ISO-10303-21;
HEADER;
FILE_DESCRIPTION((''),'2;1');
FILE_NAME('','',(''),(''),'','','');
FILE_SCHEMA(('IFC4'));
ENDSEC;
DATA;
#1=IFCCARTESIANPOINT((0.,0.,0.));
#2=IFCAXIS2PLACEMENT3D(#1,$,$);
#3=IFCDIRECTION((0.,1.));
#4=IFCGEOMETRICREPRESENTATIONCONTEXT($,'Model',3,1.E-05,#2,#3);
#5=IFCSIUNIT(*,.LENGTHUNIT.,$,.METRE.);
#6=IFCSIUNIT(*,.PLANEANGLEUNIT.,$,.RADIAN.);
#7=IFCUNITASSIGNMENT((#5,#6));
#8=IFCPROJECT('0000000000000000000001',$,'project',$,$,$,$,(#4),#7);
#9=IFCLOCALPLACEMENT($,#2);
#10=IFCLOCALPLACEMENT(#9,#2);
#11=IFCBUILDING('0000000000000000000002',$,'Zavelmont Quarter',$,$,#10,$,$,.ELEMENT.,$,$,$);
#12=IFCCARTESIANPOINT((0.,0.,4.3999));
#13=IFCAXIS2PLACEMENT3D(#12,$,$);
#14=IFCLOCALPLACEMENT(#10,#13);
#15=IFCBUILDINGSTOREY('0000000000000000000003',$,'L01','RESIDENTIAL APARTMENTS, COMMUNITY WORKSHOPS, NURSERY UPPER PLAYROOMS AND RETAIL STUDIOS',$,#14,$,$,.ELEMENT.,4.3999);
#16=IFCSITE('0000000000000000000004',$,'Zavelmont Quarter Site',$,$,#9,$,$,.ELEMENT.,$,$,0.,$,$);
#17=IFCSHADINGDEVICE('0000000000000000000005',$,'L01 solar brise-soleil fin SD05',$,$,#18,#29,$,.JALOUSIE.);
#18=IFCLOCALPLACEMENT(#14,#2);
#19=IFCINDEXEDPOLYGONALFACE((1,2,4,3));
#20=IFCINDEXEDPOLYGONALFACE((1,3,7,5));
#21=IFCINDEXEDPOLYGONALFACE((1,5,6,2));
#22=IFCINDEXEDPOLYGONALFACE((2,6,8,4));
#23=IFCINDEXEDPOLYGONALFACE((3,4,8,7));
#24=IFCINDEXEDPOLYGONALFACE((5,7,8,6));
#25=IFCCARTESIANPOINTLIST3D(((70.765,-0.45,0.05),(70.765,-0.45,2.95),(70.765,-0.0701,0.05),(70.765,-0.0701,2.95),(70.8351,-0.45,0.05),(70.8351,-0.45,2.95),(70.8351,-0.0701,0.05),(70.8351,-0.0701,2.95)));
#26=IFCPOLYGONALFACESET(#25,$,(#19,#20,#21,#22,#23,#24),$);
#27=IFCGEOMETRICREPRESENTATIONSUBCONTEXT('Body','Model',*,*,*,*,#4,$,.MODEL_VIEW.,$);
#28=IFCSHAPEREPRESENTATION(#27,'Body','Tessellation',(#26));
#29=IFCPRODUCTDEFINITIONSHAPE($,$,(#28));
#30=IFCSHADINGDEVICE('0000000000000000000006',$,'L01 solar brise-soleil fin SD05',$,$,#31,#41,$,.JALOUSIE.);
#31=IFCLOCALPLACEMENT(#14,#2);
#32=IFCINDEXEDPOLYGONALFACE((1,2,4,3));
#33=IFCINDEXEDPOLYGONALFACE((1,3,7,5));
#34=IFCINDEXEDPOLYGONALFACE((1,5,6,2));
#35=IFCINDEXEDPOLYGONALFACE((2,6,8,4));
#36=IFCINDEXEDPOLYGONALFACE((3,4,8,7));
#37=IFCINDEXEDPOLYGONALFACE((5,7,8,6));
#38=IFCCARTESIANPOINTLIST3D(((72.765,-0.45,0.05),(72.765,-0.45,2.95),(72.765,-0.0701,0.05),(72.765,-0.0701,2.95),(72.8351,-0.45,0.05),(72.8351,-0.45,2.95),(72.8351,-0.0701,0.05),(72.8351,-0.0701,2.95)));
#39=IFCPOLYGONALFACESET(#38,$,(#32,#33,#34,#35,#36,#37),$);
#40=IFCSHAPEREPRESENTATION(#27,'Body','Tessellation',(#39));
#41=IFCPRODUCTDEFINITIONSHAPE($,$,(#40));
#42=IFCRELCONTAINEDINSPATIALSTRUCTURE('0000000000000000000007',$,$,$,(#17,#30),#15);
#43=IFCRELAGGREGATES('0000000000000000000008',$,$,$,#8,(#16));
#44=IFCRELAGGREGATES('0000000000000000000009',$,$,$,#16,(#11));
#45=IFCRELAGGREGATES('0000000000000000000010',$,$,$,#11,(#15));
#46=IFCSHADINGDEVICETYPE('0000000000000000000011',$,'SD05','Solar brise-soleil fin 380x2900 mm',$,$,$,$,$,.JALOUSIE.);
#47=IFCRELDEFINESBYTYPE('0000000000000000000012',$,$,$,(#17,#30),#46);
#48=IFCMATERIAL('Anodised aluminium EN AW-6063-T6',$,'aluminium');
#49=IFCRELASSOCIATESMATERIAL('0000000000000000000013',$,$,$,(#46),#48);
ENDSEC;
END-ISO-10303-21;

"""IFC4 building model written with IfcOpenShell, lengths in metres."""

from ifc_helpers import new_model, si_unit, direction, frame, origin, origin_2d, place, context, subcontext, project, spatial, rectangle, extrude, material, type_object, element, save


model = new_model("IFC4")

# Units and contexts
model_context = context("Model", 3, precision=1e-05, world=origin(), true_north=direction((0.0, 1.0)))
body_context = subcontext(model_context, "Body", "Model", "MODEL_VIEW")
ifc_project = project(units=[si_unit("LENGTHUNIT", "METRE"), si_unit("PLANEANGLEUNIT", "RADIAN")], contexts=[model_context])

# Site, building, storey
site_placement = place(None, origin())
site = spatial("IfcSite", under=ifc_project, at=site_placement, Name="Zavelmont Quarter Site", CompositionType="ELEMENT", RefElevation=0.0)
building_placement = place(site_placement, origin())
building = spatial("IfcBuilding", under=site, at=building_placement, Name="Zavelmont Quarter", CompositionType="ELEMENT")
storey_placement = place(building_placement, frame((0.0, 0.0, 4.3999)))
storey = spatial("IfcBuildingStorey", under=building, at=storey_placement, Name="L01", Description="RESIDENTIAL APARTMENTS, COMMUNITY WORKSHOPS, NURSERY UPPER PLAYROOMS AND RETAIL STUDIOS", CompositionType="ELEMENT", Elevation=4.3999)

# Shading devices
ifc_material_1 = material(Name="Anodised aluminium EN AW-6063-T6", Category="aluminium")
shading_device_type = type_object("IfcShadingDeviceType", Name="SD05", Description="Solar brise-soleil fin 380x2900 mm", PredefinedType="JALOUSIE", material=ifc_material_1)
for number, where, z_axis, x_axis, name in (
    (1, (70.8, -0.26, 0.05), (0.0, 0.0, 1.0), (1.0, 0.0, 0.0), "L01 solar brise-soleil fin SD05"),
    (2, (72.8, -0.26, 0.05), (0.0, 0.0, 1.0), (1.0, 0.0, 0.0), "L01 solar brise-soleil fin SD05"),
):
    element("IfcShadingDevice", number, at=place(storey_placement, frame(where, z_axis=z_axis, x_axis=x_axis)), inside=storey, type_object=shading_device_type, Name=name, PredefinedType="JALOUSIE", context=body_context, shape_type="SweptSolid", body=[
        extrude(rectangle(XDim=0.0701, YDim=0.3799, at=origin_2d()), origin(), (0.0, 0.0, 1.0), 2.8999),
    ])

save(model, "model.ifc")
